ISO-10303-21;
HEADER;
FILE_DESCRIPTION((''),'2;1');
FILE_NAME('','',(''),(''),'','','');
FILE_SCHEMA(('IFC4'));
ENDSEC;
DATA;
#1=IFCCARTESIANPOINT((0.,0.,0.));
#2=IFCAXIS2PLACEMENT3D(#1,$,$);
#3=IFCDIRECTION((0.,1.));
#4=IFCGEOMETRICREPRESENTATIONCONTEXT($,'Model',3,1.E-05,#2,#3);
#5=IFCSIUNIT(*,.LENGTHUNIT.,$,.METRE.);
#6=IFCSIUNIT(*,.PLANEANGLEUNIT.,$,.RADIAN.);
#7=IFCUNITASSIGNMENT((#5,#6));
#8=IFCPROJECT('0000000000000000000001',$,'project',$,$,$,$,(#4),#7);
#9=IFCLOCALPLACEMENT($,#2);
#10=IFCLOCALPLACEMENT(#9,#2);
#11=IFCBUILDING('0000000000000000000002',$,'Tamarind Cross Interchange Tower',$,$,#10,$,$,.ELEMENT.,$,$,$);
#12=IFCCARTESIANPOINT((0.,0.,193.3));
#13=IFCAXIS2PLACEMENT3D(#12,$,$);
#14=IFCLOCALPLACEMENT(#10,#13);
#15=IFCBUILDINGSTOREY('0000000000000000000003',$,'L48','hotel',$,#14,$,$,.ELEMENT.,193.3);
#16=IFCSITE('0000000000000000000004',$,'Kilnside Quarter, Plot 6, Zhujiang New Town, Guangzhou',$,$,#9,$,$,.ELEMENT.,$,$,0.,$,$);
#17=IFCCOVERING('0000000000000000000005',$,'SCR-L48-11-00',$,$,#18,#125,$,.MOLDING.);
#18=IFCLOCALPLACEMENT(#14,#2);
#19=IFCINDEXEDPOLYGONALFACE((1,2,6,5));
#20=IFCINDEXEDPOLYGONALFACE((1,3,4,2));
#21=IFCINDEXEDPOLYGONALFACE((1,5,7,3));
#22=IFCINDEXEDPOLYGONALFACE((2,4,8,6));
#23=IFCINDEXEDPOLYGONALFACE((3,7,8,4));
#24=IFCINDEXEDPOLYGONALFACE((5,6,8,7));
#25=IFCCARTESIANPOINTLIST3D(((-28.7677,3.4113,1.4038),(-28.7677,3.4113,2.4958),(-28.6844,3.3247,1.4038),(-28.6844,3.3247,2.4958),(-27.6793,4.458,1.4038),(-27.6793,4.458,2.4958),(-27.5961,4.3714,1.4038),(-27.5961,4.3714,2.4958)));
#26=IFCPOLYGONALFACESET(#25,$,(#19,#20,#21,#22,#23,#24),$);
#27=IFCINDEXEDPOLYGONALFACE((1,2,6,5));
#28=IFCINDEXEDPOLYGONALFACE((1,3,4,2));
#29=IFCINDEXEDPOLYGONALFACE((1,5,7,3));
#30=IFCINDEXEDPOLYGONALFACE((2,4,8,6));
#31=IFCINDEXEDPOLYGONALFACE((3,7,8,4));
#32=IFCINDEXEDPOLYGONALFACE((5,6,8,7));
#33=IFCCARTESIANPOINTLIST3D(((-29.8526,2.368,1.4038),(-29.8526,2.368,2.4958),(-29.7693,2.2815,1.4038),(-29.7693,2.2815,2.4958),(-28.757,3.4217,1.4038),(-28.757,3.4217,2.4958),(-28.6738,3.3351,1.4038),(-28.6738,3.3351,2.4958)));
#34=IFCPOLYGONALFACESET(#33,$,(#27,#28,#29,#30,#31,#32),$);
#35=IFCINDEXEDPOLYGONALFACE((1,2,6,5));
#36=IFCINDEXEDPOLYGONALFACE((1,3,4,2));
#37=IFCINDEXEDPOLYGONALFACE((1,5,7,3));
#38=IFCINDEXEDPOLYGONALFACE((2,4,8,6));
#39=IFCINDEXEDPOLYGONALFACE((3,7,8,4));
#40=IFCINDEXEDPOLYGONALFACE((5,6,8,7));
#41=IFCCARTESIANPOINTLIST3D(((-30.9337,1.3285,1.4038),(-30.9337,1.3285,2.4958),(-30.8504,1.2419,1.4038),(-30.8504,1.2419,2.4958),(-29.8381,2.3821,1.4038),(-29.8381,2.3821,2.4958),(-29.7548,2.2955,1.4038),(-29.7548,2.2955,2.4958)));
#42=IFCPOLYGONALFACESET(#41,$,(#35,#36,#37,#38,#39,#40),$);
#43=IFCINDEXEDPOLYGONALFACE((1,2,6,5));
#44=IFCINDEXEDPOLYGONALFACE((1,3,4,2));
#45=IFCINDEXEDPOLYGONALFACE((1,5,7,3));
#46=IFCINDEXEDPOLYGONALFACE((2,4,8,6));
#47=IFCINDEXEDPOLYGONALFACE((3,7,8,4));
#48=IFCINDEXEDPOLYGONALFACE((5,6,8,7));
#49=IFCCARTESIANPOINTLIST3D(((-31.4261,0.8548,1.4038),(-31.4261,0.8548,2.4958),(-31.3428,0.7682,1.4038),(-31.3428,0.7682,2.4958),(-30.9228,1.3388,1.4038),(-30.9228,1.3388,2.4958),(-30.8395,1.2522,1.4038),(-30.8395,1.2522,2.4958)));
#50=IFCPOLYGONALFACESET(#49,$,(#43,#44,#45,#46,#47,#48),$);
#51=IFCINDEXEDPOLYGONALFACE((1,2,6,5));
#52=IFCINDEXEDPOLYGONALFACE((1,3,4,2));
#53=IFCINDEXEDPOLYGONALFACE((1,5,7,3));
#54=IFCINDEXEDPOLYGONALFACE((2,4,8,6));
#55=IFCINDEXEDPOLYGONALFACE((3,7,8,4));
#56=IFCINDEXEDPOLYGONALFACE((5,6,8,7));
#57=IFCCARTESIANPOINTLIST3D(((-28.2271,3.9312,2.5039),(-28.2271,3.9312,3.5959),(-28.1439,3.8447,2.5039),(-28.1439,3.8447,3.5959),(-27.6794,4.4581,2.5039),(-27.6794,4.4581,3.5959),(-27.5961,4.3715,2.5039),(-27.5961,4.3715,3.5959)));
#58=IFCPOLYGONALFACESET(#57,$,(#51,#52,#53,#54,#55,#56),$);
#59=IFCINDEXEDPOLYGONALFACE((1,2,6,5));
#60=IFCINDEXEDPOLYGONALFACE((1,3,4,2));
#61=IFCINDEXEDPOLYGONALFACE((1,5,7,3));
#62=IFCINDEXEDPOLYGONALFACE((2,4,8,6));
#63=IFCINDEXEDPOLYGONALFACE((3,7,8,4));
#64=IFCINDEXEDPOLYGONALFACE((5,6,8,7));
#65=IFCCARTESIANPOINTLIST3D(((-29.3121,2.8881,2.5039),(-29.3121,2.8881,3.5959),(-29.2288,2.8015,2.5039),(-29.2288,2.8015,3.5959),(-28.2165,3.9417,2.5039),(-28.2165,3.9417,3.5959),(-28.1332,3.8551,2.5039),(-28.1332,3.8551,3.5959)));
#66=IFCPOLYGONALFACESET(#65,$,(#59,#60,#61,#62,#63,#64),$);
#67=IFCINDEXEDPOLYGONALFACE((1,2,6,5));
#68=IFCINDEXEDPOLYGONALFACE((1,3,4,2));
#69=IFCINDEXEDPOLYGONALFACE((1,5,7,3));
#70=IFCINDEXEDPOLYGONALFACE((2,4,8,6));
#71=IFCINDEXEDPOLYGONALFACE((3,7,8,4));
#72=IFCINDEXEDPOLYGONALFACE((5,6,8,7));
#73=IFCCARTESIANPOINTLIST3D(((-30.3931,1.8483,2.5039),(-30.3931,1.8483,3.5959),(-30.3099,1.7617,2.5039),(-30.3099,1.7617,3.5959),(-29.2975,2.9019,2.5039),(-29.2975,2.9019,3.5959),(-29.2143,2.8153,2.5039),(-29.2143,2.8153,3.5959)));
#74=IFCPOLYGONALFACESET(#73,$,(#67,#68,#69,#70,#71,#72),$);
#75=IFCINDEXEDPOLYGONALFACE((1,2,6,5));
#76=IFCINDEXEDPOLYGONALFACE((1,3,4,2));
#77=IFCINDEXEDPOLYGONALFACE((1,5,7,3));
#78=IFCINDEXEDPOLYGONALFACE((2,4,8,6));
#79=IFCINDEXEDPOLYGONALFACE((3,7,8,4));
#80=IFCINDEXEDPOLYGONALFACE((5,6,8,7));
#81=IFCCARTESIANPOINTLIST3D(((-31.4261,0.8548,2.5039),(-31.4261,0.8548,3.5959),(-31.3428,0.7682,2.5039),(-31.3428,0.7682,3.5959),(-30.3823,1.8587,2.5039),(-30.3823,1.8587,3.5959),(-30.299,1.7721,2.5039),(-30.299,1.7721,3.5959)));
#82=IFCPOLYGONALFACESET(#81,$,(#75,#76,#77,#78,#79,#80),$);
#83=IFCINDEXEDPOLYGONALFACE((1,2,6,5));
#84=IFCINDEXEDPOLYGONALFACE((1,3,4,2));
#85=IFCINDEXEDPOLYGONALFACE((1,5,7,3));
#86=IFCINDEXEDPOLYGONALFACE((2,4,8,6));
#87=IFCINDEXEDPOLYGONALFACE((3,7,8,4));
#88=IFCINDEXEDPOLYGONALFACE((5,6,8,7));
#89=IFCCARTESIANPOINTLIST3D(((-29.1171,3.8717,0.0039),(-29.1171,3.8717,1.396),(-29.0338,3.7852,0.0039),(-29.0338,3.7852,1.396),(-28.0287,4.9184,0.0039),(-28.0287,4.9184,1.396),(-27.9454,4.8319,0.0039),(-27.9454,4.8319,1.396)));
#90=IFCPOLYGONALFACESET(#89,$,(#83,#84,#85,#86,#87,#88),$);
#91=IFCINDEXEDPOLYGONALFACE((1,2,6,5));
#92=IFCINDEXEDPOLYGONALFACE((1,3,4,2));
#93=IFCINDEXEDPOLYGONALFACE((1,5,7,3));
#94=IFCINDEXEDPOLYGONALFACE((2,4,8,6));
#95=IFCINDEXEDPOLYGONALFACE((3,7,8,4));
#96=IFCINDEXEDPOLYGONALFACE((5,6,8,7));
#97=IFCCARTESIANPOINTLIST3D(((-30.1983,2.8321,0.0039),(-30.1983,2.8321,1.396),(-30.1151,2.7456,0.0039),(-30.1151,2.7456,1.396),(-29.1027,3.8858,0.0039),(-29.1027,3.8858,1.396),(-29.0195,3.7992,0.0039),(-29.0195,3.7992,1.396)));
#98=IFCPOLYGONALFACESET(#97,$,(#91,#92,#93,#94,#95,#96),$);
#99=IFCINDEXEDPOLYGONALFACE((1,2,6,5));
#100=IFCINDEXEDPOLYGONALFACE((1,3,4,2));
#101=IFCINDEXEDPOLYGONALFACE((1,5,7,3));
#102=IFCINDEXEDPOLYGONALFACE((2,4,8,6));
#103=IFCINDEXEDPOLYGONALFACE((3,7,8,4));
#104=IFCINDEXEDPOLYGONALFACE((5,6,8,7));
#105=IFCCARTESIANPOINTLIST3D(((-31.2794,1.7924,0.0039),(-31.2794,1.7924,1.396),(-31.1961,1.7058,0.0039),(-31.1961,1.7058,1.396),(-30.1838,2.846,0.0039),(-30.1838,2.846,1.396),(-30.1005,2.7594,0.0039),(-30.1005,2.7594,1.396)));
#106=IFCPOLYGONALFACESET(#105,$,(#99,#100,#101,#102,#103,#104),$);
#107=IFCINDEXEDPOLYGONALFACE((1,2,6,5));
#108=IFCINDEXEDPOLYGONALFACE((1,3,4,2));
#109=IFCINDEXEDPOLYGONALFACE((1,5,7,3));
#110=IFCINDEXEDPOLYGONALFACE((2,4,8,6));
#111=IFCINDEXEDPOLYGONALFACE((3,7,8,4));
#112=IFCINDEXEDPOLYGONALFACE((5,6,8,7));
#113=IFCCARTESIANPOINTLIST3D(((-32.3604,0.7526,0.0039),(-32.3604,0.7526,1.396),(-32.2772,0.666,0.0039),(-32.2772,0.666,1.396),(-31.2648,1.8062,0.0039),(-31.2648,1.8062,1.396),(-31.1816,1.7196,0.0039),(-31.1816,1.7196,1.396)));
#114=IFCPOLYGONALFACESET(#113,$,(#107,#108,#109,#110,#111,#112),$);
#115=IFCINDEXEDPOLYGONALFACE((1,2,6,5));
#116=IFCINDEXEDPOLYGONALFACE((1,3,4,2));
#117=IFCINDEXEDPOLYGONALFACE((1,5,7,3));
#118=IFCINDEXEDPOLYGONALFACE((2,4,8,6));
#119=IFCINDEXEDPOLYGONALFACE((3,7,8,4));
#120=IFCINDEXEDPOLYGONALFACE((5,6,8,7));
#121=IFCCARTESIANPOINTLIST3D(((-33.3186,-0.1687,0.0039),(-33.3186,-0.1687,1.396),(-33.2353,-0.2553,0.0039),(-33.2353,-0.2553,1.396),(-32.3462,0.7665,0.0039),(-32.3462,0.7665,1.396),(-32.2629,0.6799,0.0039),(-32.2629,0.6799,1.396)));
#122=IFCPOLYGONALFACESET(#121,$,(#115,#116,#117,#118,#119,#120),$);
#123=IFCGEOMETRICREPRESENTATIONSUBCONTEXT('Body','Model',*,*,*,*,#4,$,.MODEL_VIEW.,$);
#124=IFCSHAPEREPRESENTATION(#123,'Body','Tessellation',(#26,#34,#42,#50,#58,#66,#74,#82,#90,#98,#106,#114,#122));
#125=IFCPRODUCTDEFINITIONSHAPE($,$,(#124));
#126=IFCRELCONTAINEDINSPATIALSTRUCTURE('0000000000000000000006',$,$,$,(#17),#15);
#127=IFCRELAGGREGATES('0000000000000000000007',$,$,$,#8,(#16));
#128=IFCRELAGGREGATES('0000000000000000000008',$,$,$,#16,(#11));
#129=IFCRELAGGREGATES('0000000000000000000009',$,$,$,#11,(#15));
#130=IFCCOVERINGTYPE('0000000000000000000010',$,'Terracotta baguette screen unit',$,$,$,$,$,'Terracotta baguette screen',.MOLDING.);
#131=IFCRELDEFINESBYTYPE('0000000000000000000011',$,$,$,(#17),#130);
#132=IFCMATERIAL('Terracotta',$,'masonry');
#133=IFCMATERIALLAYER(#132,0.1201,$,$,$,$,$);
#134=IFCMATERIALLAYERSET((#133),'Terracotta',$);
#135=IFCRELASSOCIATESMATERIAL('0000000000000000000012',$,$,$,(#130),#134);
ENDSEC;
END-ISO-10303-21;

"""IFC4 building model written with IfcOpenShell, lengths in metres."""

from ifc_helpers import new_model, si_unit, direction, frame, origin, origin_2d, place, context, subcontext, project, spatial, rectangle, extrude, material, layer, layer_set, type_object, element, save


model = new_model("IFC4")

# Units and contexts
model_context = context("Model", 3, precision=1e-05, world=origin(), true_north=direction((0.0, 1.0)))
body_context = subcontext(model_context, "Body", "Model", "MODEL_VIEW")
ifc_project = project(units=[si_unit("LENGTHUNIT", "METRE"), si_unit("PLANEANGLEUNIT", "RADIAN")], contexts=[model_context])

# Site, building, storey
site_placement = place(None, origin())
site = spatial("IfcSite", under=ifc_project, at=site_placement, Name="Kilnside Quarter, Plot 6, Zhujiang New Town, Guangzhou", CompositionType="ELEMENT", RefElevation=0.0)
building_placement = place(site_placement, origin())
building = spatial("IfcBuilding", under=site, at=building_placement, Name="Tamarind Cross Interchange Tower", CompositionType="ELEMENT")
storey_placement = place(building_placement, frame((0.0, 0.0, 193.3)))
storey = spatial("IfcBuildingStorey", under=building, at=storey_placement, Name="L48", Description="hotel", CompositionType="ELEMENT", Elevation=193.3)

# Covering
ifc_material_1 = material(Name="Terracotta", Category="masonry")
ifc_layer_1 = layer(ifc_material_1, 0.1201)
ifc_layer_set_1 = layer_set([ifc_layer_1], Name="Terracotta")
covering_type = type_object("IfcCoveringType", Name="Terracotta baguette screen unit", ElementType="Terracotta baguette screen", PredefinedType="MOLDING", material=ifc_layer_set_1)
covering_1_placement = place(storey_placement, origin())
element("IfcCovering", 1, at=covering_1_placement, inside=storey, type_object=covering_type, Name="SCR-L48-11-00", PredefinedType="MOLDING", context=body_context, shape_type="SweptSolid", body=[
    extrude(rectangle(XDim=1.51, YDim=0.1201, at=origin_2d()), frame((-28.1819, 3.8914, 1.4038), z_axis=(0.0, 0.0, 1.0), x_axis=(-0.720774, -0.69317, 0.0)), (0.0, 0.0, 1.0), 1.092),
    extrude(rectangle(XDim=1.52, YDim=0.1201, at=origin_2d()), frame((-29.2632, 2.8516, 1.4038), z_axis=(0.0, 0.0, 1.0), x_axis=(-0.720774, -0.69317, 0.0)), (0.0, 0.0, 1.0), 1.092),
    extrude(rectangle(XDim=1.52, YDim=0.1201, at=origin_2d()), frame((-30.3442, 1.812, 1.4038), z_axis=(0.0, 0.0, 1.0), x_axis=(-0.720774, -0.69317, 0.0)), (0.0, 0.0, 1.0), 1.092),
    extrude(rectangle(XDim=0.6982, YDim=0.1201, at=origin_2d()), frame((-31.1328, 1.0535, 1.4038), z_axis=(0.0, 0.0, 1.0), x_axis=(-0.720774, -0.69317, 0.0)), (0.0, 0.0, 1.0), 1.092),
    extrude(rectangle(XDim=0.76, YDim=0.1201, at=origin_2d()), frame((-27.9116, 4.1514, 2.5039), z_axis=(0.0, 0.0, 1.0), x_axis=(-0.720774, -0.69317, 0.0)), (0.0, 0.0, 1.0), 1.092),
    extrude(rectangle(XDim=1.52, YDim=0.1201, at=origin_2d()), frame((-28.7227, 3.3716, 2.5039), z_axis=(0.0, 0.0, 1.0), x_axis=(-0.720774, -0.69317, 0.0)), (0.0, 0.0, 1.0), 1.092),
    extrude(rectangle(XDim=1.52, YDim=0.1201, at=origin_2d()), frame((-29.8037, 2.3318, 2.5039), z_axis=(0.0, 0.0, 1.0), x_axis=(-0.720774, -0.69317, 0.0)), (0.0, 0.0, 1.0), 1.092),
    extrude(rectangle(XDim=1.4482, YDim=0.1201, at=origin_2d()), frame((-30.8625, 1.3135, 2.5039), z_axis=(0.0, 0.0, 1.0), x_axis=(-0.720774, -0.69317, 0.0)), (0.0, 0.0, 1.0), 1.092),
    extrude(rectangle(XDim=1.51, YDim=0.1201, at=origin_2d()), frame((-28.5312, 4.3518, 0.0039), z_axis=(0.0, 0.0, 1.0), x_axis=(-0.720774, -0.69317, 0.0)), (0.0, 0.0, 1.0), 1.3921),
    extrude(rectangle(XDim=1.52, YDim=0.1201, at=origin_2d()), frame((-29.6089, 3.3157, 0.0039), z_axis=(0.0, 0.0, 1.0), x_axis=(-0.720774, -0.69317, 0.0)), (0.0, 0.0, 1.0), 1.3921),
    extrude(rectangle(XDim=1.52, YDim=0.1201, at=origin_2d()), frame((-30.6899, 2.2759, 0.0039), z_axis=(0.0, 0.0, 1.0), x_axis=(-0.720774, -0.69317, 0.0)), (0.0, 0.0, 1.0), 1.3921),
    extrude(rectangle(XDim=1.52, YDim=0.1201, at=origin_2d()), frame((-31.771, 1.2361, 0.0039), z_axis=(0.0, 0.0, 1.0), x_axis=(-0.720774, -0.69317, 0.0)), (0.0, 0.0, 1.0), 1.3921),
    extrude(rectangle(XDim=1.3491, YDim=0.1201, at=origin_2d()), frame((-32.7908, 0.2556, 0.0039), z_axis=(0.0, 0.0, 1.0), x_axis=(-0.720774, -0.69317, 0.0)), (0.0, 0.0, 1.0), 1.3921),
])

save(model, "model.ifc")
